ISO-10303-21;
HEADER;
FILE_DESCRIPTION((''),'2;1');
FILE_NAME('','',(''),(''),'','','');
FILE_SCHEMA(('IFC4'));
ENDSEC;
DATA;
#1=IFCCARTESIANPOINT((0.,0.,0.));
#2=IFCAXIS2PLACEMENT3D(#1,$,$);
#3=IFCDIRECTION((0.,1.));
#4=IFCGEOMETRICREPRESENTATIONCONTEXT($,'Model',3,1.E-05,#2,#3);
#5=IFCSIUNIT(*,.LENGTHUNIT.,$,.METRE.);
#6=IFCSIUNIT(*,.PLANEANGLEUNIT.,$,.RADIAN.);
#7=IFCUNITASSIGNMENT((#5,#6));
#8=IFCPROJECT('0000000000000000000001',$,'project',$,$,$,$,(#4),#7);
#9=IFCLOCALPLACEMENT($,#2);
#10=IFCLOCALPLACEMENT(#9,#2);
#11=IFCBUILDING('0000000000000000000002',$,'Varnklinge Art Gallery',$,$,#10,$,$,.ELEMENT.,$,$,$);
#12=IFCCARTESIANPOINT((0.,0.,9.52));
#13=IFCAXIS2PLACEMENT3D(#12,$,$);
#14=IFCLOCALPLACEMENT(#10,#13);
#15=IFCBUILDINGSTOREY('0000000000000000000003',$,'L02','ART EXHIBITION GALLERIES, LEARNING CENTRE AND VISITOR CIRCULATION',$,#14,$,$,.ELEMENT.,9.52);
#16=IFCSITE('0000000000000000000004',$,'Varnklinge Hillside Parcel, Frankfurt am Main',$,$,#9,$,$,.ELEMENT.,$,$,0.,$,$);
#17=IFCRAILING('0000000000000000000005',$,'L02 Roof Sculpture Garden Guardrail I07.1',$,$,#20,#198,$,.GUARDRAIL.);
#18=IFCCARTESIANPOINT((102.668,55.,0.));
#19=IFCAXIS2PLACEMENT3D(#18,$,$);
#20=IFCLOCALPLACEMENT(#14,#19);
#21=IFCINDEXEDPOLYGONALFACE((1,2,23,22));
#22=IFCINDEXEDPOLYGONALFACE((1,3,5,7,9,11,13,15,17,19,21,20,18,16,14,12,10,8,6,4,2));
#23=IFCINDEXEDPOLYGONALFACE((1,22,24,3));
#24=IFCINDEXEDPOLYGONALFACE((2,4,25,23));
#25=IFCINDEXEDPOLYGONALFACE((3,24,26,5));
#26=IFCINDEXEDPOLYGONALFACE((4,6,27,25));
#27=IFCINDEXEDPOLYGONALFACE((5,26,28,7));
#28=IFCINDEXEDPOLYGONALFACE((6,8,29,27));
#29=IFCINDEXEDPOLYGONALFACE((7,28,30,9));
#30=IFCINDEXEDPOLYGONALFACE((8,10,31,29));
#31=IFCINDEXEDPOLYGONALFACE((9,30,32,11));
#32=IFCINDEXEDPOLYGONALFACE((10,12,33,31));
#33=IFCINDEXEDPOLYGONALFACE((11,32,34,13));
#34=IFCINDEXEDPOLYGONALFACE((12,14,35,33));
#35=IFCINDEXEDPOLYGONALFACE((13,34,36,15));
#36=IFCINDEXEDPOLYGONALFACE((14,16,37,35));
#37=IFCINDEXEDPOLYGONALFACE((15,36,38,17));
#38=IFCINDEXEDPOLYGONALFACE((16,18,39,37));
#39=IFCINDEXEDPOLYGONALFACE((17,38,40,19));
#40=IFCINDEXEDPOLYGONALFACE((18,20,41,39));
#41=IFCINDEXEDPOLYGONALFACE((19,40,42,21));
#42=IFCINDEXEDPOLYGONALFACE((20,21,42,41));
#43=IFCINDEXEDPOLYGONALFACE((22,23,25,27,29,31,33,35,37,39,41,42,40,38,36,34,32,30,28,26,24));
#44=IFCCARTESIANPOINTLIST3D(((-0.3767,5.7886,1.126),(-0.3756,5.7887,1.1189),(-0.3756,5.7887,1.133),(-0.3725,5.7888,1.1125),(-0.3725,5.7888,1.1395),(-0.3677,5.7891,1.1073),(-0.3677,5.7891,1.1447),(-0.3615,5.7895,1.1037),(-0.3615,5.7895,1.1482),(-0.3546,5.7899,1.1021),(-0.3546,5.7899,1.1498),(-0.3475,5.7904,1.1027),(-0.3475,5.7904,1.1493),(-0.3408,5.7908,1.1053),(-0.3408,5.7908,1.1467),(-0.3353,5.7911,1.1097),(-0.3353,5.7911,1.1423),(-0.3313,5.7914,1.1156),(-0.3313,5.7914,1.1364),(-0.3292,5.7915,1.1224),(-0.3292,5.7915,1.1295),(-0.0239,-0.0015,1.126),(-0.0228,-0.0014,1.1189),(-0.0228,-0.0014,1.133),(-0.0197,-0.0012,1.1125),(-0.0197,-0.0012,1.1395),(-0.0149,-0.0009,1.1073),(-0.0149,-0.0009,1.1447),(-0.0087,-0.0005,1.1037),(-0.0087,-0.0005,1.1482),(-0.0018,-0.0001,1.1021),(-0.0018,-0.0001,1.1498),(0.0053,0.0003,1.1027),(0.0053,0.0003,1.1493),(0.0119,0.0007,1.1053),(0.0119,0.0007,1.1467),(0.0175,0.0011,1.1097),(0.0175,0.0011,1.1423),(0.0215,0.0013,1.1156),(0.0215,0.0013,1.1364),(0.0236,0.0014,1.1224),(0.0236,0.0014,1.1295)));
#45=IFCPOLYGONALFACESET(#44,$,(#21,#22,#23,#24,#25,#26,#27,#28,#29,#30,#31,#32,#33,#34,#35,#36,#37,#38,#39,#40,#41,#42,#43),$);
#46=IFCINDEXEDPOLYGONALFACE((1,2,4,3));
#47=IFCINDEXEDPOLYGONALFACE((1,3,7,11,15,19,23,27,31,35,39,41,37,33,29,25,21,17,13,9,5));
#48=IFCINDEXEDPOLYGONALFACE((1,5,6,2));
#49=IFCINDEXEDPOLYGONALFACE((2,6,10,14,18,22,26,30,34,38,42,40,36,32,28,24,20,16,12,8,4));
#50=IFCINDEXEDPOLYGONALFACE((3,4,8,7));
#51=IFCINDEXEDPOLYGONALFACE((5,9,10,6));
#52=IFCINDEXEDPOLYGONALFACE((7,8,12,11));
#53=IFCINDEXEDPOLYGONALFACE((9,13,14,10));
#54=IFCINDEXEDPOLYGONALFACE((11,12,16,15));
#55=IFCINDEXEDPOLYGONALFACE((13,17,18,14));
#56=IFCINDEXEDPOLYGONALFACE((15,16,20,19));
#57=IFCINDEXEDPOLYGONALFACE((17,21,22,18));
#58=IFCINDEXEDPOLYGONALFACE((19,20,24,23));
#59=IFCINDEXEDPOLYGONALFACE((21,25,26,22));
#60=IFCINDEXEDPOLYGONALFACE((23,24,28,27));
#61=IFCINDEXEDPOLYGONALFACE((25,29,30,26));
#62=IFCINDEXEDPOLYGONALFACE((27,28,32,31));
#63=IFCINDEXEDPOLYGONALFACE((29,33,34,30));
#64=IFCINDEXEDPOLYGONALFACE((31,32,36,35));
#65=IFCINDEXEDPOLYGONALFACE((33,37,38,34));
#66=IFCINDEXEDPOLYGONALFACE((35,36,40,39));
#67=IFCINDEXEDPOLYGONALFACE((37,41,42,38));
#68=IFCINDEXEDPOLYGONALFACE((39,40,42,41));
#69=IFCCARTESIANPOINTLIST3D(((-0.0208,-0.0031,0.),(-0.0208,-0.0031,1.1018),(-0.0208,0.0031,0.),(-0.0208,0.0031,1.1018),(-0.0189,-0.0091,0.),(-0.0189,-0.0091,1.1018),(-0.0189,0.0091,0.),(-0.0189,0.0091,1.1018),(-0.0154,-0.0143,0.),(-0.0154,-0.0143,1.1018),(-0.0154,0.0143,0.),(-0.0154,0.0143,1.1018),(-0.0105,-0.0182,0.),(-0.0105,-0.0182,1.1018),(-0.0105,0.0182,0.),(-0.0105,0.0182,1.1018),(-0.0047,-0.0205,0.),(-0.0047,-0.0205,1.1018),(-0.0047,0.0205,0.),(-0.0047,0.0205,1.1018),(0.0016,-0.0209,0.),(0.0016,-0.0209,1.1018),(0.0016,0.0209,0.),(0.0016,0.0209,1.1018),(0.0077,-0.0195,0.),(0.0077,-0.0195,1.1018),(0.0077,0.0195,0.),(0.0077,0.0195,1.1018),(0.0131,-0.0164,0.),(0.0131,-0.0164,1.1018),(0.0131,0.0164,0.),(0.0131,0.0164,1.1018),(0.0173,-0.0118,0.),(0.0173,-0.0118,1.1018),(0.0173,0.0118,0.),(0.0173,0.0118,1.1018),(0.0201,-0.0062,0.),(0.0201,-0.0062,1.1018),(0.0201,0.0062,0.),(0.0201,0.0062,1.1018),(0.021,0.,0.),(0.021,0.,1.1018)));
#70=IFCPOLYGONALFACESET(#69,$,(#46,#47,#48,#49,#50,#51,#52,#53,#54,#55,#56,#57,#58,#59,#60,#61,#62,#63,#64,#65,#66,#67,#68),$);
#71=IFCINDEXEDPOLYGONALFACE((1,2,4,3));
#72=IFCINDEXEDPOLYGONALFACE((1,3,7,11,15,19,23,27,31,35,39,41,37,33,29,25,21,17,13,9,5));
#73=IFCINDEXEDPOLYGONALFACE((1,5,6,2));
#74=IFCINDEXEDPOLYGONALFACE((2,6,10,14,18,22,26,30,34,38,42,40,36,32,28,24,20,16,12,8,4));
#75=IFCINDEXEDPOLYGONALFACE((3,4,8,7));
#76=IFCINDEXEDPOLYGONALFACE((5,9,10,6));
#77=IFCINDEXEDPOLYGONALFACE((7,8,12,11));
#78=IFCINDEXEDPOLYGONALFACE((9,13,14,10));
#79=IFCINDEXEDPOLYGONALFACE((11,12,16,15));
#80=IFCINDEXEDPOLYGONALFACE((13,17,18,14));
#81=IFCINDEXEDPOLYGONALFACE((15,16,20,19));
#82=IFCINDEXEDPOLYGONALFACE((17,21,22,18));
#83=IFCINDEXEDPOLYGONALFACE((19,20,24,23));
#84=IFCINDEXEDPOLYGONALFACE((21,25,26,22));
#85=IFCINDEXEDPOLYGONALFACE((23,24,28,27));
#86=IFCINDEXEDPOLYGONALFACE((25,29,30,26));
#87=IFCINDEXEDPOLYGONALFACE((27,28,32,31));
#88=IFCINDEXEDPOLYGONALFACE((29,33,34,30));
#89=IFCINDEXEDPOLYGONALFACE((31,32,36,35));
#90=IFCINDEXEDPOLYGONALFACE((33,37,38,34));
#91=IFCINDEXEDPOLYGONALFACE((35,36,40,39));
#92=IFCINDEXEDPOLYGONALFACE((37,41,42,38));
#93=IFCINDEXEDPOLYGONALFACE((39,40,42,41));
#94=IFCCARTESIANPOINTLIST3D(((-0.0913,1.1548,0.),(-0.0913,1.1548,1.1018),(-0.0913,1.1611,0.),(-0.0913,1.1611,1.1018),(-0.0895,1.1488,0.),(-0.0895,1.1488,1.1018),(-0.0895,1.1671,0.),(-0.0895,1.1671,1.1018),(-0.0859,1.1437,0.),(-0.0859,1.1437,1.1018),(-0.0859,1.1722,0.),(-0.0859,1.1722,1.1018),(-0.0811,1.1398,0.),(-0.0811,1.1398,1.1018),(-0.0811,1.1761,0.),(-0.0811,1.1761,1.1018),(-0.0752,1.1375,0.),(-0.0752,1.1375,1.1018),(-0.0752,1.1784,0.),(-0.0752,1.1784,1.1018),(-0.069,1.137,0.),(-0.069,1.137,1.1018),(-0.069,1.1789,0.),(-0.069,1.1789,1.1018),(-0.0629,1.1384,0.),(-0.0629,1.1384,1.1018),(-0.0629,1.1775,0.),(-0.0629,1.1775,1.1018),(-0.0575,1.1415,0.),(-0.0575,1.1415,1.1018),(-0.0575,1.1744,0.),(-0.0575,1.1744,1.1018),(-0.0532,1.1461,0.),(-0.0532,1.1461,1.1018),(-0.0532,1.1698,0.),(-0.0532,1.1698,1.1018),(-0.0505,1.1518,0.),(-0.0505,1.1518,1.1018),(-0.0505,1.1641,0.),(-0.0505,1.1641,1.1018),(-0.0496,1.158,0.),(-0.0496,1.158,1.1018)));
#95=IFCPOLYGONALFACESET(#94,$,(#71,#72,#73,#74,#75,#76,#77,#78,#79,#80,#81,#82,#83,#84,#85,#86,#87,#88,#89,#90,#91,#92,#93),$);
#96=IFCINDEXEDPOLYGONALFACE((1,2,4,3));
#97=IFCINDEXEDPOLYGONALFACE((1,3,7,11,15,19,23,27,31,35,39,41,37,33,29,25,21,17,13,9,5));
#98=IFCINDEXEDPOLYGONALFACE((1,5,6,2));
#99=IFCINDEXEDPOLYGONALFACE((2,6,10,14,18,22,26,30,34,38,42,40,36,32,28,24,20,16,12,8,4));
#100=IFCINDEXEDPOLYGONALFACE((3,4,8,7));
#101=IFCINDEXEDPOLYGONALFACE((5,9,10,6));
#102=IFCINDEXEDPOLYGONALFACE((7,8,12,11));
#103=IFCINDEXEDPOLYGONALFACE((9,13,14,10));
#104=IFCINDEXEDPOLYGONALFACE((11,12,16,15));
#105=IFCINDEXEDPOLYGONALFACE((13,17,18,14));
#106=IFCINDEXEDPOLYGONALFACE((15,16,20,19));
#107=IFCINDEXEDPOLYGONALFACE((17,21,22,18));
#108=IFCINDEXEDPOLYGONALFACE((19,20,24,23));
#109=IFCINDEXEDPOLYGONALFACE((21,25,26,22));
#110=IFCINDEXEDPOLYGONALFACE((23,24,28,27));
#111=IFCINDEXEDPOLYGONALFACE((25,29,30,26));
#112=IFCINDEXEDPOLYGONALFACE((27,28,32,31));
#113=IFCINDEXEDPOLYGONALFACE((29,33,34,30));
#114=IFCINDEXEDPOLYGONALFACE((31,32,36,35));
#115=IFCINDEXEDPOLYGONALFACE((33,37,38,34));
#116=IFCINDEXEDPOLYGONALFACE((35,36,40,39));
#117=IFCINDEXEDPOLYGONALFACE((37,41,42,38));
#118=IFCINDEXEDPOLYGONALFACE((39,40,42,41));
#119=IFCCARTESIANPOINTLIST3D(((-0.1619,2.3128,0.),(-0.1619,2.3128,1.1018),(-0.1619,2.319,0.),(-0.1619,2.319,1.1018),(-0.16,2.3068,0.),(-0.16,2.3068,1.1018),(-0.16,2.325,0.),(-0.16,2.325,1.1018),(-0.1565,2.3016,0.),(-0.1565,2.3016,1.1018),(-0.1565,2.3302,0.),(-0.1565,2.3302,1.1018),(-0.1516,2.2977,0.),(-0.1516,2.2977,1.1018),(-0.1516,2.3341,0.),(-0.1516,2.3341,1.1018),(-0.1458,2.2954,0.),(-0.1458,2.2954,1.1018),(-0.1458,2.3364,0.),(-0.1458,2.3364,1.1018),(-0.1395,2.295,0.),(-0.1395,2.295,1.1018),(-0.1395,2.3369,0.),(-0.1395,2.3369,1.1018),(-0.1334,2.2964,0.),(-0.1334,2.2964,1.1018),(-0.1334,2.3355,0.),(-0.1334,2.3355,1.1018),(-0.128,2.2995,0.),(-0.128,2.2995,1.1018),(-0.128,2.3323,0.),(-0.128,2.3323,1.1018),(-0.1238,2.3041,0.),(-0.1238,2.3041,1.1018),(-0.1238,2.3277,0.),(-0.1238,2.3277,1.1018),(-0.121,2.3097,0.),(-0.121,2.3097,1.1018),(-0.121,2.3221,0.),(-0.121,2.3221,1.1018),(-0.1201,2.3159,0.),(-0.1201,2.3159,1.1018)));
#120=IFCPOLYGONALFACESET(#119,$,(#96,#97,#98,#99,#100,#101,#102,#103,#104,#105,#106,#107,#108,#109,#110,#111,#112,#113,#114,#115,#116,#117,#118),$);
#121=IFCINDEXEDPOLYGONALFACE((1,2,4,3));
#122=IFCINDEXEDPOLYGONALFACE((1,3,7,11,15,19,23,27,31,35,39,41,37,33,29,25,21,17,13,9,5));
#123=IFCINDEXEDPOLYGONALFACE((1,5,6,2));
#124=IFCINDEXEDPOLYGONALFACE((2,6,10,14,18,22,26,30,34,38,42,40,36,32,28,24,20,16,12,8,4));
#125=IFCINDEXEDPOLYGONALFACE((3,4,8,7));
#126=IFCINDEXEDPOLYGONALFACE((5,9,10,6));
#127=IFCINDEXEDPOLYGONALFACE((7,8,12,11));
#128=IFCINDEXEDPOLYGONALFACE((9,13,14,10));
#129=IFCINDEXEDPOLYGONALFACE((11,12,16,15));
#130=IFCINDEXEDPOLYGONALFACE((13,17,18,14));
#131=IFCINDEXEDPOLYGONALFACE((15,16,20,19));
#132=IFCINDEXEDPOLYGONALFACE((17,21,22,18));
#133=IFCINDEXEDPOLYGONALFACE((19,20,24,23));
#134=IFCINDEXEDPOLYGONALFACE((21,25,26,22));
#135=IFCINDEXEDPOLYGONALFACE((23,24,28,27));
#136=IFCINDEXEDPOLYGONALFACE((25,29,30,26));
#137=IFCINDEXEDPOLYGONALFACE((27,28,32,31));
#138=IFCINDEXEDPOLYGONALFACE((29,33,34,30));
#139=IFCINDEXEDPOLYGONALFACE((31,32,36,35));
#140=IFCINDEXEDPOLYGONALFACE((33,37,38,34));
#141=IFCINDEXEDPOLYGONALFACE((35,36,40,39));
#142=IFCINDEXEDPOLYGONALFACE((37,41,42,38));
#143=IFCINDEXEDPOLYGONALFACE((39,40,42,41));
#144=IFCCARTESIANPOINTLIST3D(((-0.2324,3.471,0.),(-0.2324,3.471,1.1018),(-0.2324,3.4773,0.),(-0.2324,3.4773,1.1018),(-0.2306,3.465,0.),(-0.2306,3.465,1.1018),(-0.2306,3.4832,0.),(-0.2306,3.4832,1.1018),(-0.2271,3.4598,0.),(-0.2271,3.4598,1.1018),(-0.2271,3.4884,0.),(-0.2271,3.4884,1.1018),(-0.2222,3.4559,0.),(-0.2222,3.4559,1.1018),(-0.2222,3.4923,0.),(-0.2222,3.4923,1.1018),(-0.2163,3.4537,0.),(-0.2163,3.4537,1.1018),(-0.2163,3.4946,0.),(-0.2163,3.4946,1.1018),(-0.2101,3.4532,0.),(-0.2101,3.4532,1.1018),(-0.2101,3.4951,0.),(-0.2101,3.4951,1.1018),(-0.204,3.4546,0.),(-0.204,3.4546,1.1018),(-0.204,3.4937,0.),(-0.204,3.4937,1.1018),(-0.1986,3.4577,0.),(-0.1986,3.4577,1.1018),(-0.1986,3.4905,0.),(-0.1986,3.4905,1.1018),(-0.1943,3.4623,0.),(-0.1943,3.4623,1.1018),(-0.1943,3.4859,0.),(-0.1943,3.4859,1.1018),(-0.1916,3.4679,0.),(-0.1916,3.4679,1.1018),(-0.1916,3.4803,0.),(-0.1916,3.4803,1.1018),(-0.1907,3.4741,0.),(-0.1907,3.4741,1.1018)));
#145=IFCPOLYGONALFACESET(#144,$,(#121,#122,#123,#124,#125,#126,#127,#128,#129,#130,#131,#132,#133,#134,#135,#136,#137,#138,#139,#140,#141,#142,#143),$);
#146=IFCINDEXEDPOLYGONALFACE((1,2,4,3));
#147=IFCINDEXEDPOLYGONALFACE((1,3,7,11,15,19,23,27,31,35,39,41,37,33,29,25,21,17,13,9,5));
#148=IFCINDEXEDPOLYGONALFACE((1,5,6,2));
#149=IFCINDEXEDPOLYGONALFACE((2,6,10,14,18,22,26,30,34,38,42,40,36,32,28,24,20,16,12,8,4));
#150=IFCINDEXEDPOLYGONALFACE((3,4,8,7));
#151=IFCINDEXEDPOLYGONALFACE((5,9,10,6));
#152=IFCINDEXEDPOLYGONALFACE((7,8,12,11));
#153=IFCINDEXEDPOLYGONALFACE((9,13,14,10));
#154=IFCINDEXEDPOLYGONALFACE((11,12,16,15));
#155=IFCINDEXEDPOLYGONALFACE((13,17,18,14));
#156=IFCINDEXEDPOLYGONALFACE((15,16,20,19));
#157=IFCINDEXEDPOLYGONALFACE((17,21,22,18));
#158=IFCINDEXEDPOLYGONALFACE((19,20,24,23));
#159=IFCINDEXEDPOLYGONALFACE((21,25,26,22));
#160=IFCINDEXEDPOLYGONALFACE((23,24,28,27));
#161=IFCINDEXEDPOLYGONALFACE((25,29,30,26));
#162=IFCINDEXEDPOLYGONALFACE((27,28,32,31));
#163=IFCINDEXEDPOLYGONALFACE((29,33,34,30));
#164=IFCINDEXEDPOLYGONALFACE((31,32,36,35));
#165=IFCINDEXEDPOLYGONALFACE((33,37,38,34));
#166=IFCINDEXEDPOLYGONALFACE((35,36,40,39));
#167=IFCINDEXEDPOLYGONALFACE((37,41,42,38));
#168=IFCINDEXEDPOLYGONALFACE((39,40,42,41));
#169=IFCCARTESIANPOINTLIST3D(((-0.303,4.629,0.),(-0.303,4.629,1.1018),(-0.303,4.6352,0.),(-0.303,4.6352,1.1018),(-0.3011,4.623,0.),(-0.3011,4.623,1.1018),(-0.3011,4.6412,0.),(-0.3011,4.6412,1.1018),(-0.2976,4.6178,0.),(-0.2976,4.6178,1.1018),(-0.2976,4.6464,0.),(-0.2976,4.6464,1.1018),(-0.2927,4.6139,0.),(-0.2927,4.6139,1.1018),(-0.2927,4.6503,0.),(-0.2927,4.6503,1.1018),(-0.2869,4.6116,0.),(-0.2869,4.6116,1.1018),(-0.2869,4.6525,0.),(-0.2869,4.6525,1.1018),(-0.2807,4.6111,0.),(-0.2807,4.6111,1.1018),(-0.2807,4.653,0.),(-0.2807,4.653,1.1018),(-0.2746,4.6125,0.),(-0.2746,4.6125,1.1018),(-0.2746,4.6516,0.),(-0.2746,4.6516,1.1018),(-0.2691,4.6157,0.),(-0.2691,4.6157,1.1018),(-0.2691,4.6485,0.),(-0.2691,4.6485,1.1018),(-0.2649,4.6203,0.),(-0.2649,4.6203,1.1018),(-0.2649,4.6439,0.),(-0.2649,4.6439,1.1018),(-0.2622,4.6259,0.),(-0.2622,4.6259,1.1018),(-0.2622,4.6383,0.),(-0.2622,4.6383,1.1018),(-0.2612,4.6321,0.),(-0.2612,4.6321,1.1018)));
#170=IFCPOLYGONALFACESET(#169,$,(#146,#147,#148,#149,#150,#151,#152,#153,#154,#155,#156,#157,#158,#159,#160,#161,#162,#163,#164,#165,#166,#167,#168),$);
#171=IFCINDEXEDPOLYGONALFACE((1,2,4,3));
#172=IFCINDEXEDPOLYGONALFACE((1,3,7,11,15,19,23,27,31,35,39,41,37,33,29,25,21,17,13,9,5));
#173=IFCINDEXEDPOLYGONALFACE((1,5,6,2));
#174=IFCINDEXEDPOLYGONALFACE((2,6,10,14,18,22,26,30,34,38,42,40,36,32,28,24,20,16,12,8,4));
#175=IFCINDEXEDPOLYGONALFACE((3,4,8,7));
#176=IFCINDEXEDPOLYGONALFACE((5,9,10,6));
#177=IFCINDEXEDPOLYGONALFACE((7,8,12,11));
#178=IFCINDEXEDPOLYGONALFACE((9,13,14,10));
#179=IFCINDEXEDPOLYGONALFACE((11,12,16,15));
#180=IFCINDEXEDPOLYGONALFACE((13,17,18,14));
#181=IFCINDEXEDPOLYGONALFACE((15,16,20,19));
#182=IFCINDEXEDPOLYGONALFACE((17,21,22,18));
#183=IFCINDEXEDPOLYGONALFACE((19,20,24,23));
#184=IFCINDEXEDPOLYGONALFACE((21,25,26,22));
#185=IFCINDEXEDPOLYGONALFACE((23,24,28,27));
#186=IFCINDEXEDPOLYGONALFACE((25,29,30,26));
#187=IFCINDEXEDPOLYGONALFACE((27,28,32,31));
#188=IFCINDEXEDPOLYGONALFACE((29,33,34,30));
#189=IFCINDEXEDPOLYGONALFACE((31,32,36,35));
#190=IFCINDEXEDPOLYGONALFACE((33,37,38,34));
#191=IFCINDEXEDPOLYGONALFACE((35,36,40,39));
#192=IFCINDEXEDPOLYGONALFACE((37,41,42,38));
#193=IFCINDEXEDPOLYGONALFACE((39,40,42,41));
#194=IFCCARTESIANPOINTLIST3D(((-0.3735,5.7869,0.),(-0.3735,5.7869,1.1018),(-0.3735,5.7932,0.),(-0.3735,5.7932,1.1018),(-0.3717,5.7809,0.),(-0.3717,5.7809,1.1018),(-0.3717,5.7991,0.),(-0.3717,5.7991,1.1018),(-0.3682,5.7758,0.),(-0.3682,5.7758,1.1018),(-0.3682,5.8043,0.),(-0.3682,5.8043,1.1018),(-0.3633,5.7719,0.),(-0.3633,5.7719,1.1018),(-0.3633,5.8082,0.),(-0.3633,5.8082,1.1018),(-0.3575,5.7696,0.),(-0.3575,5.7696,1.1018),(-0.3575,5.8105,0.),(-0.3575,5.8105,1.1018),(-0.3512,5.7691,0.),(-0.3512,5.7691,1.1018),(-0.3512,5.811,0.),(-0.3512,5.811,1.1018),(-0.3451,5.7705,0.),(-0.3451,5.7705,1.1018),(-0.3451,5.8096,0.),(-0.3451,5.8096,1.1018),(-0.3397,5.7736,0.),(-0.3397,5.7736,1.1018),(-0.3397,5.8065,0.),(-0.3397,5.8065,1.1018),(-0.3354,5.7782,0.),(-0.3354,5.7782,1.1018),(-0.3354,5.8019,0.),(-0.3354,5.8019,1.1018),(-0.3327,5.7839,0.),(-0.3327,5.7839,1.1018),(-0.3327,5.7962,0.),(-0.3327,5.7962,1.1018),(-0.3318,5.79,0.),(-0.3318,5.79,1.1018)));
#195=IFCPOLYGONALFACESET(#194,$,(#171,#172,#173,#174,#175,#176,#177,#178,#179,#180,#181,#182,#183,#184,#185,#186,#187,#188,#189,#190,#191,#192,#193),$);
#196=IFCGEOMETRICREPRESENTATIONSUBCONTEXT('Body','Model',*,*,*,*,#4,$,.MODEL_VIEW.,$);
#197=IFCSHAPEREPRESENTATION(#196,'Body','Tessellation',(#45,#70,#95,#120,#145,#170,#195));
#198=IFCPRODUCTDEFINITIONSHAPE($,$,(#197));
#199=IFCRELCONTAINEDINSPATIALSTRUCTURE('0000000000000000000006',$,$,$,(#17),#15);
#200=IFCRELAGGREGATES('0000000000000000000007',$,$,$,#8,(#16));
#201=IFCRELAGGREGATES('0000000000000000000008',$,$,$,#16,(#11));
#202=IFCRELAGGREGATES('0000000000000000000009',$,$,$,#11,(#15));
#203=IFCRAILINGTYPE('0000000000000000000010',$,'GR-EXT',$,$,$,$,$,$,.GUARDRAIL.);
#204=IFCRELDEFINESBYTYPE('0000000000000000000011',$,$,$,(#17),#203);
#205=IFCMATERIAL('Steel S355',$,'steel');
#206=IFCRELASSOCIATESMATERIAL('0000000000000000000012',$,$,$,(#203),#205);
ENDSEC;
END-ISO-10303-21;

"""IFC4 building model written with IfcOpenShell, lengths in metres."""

from ifc_helpers import new_model, si_unit, direction, frame, origin, origin_2d, place, context, subcontext, project, spatial, circle, extrude, material, type_object, element, save


model = new_model("IFC4")

# Units and contexts
model_context = context("Model", 3, precision=1e-05, world=origin(), true_north=direction((0.0, 1.0)))
body_context = subcontext(model_context, "Body", "Model", "MODEL_VIEW")
ifc_project = project(units=[si_unit("LENGTHUNIT", "METRE"), si_unit("PLANEANGLEUNIT", "RADIAN")], contexts=[model_context])

# Site, building, storey
site_placement = place(None, origin())
site = spatial("IfcSite", under=ifc_project, at=site_placement, Name="Varnklinge Hillside Parcel, Frankfurt am Main", CompositionType="ELEMENT", RefElevation=0.0)
building_placement = place(site_placement, origin())
building = spatial("IfcBuilding", under=site, at=building_placement, Name="Varnklinge Art Gallery", CompositionType="ELEMENT")
storey_placement = place(building_placement, frame((0.0, 0.0, 9.52)))
storey = spatial("IfcBuildingStorey", under=building, at=storey_placement, Name="L02", Description="ART EXHIBITION GALLERIES, LEARNING CENTRE AND VISITOR CIRCULATION", CompositionType="ELEMENT", Elevation=9.52)

# Railing
ifc_material_1 = material(Name="Steel S355", Category="steel")
railing_type_1 = type_object("IfcRailingType", Name="GR-EXT", PredefinedType="GUARDRAIL", material=ifc_material_1)
railing_1_placement = place(storey_placement, frame((102.668, 55.0, 0.0)))
element("IfcRailing", 1, at=railing_1_placement, inside=storey, type_object=railing_type_1, Name="L02 Roof Sculpture Garden Guardrail I07.1", PredefinedType="GUARDRAIL", context=body_context, shape_type="SweptSolid", body=[
    extrude(circle(Radius=0.0239, at=origin_2d()), frame((0.0, 0.0, 1.126), z_axis=(-0.060817, 0.998149, 0.0), x_axis=(-0.998149, -0.060817, 0.0)), (0.0, 0.0, 1.0), 5.8008),
    extrude(circle(Radius=0.021, at=origin_2d()), origin(), (0.0, 0.0, 1.0), 1.1018),
    extrude(circle(Radius=0.021, at=origin_2d()), frame((-0.0706, 1.158, 0.0)), (0.0, 0.0, 1.0), 1.1018),
    extrude(circle(Radius=0.021, at=origin_2d()), frame((-0.1411, 2.3159, 0.0)), (0.0, 0.0, 1.0), 1.1018),
    extrude(circle(Radius=0.021, at=origin_2d()), frame((-0.2117, 3.4741, 0.0)), (0.0, 0.0, 1.0), 1.1018),
    extrude(circle(Radius=0.021, at=origin_2d()), frame((-0.2822, 4.6321, 0.0)), (0.0, 0.0, 1.0), 1.1018),
    extrude(circle(Radius=0.021, at=origin_2d()), frame((-0.3528, 5.79, 0.0)), (0.0, 0.0, 1.0), 1.1018),
])

save(model, "model.ifc")
